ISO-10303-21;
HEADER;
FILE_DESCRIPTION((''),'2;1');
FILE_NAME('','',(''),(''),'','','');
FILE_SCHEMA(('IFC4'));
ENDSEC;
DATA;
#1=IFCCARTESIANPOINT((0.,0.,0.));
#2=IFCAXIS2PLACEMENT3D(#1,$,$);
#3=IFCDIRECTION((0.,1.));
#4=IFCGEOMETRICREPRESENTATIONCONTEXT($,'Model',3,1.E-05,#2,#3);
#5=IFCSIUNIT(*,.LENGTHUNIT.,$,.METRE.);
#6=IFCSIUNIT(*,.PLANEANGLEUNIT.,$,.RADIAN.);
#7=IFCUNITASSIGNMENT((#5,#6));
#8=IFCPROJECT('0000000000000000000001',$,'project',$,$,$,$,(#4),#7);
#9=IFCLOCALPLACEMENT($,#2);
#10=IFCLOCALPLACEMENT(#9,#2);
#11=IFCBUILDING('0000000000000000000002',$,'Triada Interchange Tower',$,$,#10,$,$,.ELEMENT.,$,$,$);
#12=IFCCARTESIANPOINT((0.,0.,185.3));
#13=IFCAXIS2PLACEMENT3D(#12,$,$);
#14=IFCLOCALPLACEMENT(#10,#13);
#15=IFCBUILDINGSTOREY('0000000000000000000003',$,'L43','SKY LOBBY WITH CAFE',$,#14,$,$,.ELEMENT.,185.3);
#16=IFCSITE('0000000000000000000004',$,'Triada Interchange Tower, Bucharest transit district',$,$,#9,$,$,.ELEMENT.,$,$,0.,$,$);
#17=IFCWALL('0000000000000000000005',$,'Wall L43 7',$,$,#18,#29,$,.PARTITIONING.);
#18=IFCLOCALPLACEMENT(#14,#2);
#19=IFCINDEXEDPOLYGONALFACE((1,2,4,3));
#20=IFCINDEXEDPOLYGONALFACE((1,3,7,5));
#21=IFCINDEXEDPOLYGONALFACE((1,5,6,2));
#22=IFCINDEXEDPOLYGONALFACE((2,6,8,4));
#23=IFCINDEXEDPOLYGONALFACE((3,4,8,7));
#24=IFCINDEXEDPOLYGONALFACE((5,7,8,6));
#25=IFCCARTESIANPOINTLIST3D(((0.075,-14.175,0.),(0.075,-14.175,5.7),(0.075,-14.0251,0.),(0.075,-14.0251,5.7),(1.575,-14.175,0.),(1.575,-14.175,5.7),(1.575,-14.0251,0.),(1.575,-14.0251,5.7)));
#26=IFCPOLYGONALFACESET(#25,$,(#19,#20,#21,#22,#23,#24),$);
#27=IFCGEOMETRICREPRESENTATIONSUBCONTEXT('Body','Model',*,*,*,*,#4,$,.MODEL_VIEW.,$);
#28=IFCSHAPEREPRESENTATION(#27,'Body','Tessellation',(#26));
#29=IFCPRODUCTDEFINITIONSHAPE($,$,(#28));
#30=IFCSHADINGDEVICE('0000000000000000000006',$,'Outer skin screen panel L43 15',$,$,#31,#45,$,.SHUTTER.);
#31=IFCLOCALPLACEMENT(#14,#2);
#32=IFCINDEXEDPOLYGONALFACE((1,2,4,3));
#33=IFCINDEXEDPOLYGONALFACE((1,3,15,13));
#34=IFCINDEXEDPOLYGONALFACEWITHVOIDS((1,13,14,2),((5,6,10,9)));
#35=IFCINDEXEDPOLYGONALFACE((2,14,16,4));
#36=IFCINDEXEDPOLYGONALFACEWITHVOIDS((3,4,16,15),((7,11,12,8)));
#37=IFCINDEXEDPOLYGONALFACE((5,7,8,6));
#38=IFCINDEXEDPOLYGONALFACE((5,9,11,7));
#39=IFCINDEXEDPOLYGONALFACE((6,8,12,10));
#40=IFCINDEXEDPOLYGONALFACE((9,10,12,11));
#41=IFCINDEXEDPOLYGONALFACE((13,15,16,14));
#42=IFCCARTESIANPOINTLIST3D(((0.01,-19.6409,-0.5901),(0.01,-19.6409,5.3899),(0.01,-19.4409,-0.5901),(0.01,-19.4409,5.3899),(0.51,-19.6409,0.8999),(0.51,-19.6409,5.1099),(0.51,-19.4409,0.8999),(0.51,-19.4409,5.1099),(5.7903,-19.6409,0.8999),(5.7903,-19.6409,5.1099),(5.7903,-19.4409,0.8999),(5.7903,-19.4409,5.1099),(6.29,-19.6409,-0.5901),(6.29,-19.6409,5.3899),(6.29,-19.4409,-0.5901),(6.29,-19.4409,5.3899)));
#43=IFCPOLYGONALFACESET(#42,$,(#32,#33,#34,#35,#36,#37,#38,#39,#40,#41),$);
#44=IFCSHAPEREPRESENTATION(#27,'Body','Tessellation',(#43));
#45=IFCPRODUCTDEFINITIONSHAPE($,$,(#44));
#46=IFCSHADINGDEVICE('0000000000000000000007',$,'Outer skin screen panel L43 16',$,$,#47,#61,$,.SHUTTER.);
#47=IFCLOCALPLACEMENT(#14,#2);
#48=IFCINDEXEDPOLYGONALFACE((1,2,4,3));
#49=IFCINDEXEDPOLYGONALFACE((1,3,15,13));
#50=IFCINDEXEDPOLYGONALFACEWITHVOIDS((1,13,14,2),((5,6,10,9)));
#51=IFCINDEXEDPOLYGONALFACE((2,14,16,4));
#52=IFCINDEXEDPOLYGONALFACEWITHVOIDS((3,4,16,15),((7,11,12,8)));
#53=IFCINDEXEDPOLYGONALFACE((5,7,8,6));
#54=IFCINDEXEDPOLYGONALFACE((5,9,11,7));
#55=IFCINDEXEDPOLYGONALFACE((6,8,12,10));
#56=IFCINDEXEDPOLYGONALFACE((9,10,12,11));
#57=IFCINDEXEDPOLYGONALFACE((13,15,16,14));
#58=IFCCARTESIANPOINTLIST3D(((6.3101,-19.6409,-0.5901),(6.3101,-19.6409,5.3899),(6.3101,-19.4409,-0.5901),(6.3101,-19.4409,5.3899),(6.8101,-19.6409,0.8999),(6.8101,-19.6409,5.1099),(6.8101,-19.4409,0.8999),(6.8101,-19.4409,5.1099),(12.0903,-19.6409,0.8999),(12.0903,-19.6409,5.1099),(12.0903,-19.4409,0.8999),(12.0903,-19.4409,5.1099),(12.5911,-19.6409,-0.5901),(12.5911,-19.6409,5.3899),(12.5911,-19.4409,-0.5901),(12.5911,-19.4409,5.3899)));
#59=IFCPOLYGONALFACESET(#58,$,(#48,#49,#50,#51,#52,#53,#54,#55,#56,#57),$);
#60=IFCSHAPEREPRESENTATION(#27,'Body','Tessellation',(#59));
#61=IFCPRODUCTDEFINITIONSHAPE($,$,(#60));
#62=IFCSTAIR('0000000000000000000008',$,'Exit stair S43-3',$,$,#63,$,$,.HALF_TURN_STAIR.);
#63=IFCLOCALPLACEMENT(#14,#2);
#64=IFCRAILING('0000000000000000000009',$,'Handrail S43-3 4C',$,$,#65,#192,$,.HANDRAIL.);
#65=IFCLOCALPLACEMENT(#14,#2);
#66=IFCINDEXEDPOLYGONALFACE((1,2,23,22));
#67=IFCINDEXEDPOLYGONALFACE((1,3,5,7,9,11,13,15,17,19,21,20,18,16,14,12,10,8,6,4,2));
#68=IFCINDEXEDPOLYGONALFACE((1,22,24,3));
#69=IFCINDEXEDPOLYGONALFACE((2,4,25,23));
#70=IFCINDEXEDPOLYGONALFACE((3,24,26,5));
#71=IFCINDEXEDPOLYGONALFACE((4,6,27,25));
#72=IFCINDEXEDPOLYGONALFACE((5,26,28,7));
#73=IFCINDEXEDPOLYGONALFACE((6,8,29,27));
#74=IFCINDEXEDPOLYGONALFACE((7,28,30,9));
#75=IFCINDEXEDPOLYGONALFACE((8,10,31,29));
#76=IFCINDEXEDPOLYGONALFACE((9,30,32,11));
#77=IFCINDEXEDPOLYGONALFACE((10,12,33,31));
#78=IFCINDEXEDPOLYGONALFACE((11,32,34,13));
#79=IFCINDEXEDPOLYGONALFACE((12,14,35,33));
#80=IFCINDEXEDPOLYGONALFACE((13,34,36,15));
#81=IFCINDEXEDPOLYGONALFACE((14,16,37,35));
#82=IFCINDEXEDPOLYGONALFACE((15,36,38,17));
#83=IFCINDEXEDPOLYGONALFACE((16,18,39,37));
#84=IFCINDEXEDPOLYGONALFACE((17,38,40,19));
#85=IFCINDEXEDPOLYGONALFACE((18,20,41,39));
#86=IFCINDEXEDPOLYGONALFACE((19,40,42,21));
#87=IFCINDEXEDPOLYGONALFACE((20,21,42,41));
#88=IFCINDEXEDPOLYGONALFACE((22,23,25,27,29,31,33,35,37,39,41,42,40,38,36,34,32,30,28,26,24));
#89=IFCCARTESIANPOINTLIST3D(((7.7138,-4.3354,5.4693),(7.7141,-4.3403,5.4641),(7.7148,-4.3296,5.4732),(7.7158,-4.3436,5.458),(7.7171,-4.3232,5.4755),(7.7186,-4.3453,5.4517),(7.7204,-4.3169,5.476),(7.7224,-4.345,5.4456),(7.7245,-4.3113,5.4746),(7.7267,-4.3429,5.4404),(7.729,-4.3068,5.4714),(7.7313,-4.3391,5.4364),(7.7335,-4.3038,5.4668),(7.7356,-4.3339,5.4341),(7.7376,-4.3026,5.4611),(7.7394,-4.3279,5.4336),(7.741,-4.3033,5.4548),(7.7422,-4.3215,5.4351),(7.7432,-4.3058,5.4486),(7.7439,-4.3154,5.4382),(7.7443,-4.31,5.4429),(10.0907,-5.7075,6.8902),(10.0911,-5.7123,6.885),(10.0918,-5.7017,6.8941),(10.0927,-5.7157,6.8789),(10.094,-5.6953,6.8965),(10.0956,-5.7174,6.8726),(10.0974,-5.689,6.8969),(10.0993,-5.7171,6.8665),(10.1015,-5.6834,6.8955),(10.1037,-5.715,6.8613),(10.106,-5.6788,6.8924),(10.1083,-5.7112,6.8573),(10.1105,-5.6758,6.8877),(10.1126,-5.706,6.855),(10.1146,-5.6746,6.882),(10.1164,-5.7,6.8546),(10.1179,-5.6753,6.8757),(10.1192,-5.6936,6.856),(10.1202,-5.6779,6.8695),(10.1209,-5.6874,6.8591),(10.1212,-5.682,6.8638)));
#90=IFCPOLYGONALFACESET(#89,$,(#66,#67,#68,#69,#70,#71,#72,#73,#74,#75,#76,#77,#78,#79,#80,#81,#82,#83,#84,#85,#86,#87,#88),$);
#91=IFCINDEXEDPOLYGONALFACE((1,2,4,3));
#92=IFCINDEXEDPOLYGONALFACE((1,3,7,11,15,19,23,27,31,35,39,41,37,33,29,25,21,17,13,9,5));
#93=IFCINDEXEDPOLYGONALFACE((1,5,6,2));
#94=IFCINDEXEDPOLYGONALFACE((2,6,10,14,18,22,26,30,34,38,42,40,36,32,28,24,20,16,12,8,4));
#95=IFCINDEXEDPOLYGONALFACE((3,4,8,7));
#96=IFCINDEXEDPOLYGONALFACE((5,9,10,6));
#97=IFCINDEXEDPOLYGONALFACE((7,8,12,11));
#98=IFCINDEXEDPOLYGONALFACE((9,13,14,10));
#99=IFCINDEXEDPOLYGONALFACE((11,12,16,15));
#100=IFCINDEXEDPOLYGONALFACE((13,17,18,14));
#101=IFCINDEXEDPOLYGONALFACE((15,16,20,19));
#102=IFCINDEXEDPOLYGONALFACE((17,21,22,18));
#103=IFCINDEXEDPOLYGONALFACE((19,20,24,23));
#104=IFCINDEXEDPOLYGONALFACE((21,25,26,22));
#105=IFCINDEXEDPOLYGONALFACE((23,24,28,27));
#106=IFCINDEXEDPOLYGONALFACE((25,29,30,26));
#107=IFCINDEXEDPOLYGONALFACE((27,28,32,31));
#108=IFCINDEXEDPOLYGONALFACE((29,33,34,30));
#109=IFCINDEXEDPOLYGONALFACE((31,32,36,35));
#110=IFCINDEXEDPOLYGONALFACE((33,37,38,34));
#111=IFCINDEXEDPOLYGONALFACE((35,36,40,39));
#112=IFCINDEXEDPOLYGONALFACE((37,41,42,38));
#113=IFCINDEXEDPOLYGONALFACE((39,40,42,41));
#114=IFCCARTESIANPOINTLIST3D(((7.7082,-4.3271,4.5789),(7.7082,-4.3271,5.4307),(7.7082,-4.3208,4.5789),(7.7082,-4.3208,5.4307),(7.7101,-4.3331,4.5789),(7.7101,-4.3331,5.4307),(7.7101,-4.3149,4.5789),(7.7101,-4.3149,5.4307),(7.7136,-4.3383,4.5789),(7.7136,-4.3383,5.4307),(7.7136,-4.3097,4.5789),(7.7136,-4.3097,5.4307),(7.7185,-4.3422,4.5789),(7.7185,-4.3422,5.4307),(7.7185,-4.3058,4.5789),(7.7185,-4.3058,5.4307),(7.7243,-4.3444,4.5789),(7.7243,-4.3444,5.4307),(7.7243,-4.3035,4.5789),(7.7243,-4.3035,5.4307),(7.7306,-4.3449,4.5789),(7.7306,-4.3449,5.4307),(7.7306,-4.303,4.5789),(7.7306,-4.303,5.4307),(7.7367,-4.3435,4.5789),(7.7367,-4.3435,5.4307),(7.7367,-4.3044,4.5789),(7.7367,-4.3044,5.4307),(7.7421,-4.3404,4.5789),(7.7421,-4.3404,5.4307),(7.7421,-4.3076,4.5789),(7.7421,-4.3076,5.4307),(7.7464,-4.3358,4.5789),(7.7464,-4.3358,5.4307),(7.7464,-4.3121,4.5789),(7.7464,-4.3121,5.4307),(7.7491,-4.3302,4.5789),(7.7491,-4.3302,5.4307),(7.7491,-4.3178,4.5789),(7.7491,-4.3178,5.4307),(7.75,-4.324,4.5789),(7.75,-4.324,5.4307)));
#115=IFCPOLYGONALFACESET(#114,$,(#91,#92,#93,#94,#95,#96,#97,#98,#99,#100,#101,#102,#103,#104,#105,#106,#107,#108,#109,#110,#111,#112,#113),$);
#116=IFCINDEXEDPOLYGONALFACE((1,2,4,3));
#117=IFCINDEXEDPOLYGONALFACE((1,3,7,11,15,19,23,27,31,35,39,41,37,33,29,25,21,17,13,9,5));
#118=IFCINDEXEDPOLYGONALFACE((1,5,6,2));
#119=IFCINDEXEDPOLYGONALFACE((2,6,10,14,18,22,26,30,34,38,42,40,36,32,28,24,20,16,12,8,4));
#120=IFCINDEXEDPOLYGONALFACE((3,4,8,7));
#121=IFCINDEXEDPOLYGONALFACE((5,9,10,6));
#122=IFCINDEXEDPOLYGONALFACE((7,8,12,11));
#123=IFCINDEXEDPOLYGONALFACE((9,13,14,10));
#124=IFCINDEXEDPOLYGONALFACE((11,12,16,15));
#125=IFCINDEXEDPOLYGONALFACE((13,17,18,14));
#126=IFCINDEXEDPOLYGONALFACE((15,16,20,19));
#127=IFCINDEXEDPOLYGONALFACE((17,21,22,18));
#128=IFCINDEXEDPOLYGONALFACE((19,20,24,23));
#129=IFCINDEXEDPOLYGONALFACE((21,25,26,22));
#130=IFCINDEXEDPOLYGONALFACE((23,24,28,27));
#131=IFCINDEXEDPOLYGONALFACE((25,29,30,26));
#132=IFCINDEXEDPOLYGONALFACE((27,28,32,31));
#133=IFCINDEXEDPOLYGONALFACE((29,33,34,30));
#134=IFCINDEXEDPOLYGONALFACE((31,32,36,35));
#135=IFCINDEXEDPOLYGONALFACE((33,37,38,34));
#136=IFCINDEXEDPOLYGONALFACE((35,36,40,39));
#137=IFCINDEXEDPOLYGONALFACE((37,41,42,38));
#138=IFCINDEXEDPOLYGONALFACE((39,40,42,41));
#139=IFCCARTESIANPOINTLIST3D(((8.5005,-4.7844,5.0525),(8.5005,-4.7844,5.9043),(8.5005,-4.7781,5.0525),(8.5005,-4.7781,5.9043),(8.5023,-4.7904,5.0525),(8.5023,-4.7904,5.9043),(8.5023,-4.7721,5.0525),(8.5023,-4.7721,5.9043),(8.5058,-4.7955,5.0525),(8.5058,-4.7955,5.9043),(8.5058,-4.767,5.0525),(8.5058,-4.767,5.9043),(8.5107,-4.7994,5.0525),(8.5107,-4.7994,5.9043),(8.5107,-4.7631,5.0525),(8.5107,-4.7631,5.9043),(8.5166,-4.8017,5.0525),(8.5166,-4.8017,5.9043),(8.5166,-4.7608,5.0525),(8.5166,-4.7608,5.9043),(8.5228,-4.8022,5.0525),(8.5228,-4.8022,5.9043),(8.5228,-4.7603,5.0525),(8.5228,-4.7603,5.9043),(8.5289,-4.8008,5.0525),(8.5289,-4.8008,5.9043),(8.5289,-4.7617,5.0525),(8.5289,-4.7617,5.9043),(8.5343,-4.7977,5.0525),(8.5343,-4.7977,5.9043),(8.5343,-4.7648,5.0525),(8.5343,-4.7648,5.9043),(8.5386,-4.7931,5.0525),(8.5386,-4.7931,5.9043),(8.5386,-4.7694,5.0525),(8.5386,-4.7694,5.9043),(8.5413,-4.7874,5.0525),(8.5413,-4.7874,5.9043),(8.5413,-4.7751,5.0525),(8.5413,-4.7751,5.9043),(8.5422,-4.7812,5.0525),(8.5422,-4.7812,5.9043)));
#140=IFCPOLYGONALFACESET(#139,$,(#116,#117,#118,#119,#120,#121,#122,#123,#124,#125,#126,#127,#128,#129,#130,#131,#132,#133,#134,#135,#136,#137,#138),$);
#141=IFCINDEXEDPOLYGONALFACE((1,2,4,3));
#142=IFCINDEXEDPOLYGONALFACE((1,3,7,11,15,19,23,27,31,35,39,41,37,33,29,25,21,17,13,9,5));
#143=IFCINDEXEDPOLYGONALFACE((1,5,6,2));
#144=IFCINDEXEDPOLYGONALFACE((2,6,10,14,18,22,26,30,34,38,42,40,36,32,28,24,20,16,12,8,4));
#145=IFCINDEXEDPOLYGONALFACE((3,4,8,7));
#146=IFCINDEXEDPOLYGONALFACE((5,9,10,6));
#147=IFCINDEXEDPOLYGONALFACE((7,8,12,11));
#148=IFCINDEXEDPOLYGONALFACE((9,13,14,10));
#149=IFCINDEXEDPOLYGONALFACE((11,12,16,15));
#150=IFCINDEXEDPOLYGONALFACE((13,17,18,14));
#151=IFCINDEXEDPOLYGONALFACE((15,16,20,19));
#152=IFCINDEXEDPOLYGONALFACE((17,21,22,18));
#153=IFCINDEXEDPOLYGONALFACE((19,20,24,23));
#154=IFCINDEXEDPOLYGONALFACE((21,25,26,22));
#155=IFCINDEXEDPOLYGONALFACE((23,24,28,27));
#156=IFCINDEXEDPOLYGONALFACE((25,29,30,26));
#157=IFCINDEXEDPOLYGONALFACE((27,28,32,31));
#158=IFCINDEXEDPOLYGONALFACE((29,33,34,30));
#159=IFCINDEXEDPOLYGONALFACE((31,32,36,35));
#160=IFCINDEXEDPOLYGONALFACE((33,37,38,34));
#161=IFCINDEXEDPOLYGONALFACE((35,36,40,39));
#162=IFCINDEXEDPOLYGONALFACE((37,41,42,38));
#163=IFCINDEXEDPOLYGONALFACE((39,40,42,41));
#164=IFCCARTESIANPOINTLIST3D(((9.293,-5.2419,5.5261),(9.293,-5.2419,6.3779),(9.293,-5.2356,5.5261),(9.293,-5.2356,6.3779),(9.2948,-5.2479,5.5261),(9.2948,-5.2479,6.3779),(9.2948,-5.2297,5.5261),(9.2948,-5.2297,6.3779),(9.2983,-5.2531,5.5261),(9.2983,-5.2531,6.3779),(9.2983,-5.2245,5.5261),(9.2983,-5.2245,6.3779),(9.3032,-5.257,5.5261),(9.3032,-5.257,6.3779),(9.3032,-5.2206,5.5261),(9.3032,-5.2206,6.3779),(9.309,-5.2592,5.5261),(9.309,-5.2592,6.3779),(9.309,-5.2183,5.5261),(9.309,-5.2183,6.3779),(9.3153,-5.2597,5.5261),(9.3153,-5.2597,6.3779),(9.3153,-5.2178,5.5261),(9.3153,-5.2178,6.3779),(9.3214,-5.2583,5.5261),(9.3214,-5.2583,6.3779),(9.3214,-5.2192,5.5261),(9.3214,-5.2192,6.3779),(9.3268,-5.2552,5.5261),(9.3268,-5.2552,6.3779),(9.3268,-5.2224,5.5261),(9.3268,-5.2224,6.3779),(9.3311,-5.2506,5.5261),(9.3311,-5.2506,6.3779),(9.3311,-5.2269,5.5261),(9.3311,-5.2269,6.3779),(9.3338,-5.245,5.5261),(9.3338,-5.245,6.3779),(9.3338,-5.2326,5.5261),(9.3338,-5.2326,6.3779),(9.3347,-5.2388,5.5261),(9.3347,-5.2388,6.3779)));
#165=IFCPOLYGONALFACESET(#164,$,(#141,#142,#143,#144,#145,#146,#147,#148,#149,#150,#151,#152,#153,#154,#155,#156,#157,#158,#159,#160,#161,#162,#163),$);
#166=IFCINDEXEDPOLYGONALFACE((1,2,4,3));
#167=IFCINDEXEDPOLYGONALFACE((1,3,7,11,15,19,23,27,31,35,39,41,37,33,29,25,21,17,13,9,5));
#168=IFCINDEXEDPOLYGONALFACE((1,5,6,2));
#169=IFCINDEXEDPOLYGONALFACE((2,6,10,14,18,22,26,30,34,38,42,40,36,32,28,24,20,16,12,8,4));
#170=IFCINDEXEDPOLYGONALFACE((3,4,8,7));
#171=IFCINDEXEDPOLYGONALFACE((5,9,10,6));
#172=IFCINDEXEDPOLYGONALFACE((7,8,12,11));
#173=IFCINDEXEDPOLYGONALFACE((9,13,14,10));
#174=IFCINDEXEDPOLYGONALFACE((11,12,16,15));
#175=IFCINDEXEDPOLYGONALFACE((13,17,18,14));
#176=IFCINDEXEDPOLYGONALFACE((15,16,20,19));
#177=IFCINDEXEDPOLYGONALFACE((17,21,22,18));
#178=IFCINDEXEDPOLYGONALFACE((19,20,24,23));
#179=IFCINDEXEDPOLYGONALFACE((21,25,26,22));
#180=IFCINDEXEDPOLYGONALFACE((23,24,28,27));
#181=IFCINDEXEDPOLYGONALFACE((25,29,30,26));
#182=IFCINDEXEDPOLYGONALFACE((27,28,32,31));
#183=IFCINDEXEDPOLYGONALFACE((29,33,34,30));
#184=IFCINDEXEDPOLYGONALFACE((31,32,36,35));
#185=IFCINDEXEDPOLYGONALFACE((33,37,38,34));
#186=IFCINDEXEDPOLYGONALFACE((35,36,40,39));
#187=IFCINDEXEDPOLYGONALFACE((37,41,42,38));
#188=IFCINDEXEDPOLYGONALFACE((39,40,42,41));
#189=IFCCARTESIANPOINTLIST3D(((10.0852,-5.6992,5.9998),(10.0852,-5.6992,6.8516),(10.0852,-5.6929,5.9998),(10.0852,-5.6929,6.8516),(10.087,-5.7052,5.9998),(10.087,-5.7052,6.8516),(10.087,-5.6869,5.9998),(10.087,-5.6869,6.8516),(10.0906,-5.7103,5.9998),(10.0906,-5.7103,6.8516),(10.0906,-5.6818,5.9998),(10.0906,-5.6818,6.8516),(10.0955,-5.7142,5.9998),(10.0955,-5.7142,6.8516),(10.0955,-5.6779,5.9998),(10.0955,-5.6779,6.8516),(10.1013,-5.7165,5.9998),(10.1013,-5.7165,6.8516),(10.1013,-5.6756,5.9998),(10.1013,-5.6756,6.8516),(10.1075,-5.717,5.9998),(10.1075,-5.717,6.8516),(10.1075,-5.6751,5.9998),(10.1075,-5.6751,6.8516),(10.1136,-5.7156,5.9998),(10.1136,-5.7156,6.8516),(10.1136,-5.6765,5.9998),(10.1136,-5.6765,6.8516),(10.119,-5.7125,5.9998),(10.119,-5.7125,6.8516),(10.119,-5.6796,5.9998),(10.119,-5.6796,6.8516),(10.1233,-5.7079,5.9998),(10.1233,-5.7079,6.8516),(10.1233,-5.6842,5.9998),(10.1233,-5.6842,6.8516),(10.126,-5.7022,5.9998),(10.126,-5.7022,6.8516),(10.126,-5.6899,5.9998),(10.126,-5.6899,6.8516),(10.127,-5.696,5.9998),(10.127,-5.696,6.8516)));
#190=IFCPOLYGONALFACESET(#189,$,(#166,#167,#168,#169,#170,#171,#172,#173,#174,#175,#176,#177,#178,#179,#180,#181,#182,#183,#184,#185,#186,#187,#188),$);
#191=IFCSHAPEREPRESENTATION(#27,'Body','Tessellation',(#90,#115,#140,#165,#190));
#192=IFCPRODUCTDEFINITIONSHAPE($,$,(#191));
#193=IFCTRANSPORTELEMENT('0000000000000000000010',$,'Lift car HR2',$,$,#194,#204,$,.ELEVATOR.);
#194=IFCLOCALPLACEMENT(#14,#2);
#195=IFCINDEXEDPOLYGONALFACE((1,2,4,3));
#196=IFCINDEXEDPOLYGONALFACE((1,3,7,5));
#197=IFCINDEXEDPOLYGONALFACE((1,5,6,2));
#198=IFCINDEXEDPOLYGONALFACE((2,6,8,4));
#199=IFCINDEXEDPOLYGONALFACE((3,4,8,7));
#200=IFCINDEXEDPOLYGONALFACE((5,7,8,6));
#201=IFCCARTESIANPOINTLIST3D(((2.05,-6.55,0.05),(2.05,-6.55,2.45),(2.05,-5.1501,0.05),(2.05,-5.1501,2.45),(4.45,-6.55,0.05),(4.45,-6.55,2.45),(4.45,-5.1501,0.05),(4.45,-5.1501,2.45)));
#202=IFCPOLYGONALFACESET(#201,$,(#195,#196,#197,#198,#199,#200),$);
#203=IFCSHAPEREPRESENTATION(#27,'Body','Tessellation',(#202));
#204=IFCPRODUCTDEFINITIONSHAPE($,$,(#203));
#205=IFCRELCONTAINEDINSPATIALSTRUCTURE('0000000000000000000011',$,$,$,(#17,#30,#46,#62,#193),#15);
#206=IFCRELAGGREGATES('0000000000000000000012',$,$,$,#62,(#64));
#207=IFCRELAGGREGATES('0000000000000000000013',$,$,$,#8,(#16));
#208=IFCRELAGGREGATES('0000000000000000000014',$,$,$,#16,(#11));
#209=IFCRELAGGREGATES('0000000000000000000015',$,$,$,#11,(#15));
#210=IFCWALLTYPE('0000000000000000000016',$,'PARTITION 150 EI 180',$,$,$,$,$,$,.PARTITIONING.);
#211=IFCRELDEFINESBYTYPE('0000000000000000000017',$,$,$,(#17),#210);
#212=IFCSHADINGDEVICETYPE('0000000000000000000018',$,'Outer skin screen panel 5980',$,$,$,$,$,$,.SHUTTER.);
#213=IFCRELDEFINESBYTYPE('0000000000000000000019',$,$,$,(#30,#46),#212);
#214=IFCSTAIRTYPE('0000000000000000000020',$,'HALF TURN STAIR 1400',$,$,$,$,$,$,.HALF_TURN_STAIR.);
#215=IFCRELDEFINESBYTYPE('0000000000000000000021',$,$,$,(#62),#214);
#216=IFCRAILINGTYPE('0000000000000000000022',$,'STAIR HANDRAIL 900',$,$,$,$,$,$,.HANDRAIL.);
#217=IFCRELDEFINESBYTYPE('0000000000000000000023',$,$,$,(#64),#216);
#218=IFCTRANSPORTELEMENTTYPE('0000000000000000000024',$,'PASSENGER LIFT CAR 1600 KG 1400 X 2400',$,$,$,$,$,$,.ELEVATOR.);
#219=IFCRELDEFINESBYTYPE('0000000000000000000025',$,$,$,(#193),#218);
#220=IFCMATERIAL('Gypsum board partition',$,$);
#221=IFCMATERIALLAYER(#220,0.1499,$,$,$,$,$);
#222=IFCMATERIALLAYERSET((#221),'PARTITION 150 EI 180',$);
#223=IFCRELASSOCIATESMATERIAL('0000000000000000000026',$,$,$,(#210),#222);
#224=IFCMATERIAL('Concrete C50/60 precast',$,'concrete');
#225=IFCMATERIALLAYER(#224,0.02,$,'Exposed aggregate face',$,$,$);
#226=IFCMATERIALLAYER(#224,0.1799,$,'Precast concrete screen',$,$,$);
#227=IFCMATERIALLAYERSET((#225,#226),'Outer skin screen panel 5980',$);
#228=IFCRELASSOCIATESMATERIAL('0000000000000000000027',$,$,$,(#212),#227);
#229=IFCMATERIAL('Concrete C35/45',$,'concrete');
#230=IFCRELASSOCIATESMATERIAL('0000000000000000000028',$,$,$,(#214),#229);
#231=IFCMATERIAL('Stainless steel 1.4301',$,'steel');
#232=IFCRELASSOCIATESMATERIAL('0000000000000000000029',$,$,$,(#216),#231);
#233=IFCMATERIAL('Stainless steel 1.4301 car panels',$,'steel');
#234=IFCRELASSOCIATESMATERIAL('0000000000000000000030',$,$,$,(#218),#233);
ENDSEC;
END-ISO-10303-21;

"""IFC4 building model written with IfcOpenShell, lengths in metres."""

from ifc_helpers import new_model, si_unit, direction, frame, frame_2d, origin, origin_2d, place, context, subcontext, project, spatial, polyline, rectangle, circle, outline, extrude, material, layer, layer_set, type_object, element, aggregate, save


model = new_model("IFC4")

# Units and contexts
model_context = context("Model", 3, precision=1e-05, world=origin(), true_north=direction((0.0, 1.0)))
body_context = subcontext(model_context, "Body", "Model", "MODEL_VIEW")
ifc_project = project(units=[si_unit("LENGTHUNIT", "METRE"), si_unit("PLANEANGLEUNIT", "RADIAN")], contexts=[model_context])

# Site, building, storey
site_placement = place(None, origin())
site = spatial("IfcSite", under=ifc_project, at=site_placement, Name="Triada Interchange Tower, Bucharest transit district", CompositionType="ELEMENT", RefElevation=0.0)
building_placement = place(site_placement, origin())
building = spatial("IfcBuilding", under=site, at=building_placement, Name="Triada Interchange Tower", CompositionType="ELEMENT")
storey_placement = place(building_placement, frame((0.0, 0.0, 185.3)))
storey = spatial("IfcBuildingStorey", under=building, at=storey_placement, Name="L43", Description="SKY LOBBY WITH CAFE", CompositionType="ELEMENT", Elevation=185.3)

# Shared definitions
ifc_material_1 = material(Name="Gypsum board partition")
ifc_layer_1 = layer(ifc_material_1, 0.1499)
ifc_layer_set_1 = layer_set([ifc_layer_1], Name="PARTITION 150 EI 180")
wall_type_1 = type_object("IfcWallType", Name="PARTITION 150 EI 180", PredefinedType="PARTITIONING", material=ifc_layer_set_1)

# Wall
wall_1_placement = place(storey_placement, frame((0.075, -14.1001, 0.0), z_axis=(0.0, 0.0, 1.0), x_axis=(1.0, 0.0, 0.0)))
element("IfcWall", 1, at=wall_1_placement, inside=storey, type_object=wall_type_1, Name="Wall L43 7", PredefinedType="PARTITIONING", context=body_context, shape_type="SweptSolid", body=[
    extrude(rectangle(XDim=1.5, YDim=0.1499, at=frame_2d((0.75, 0.0))), origin(), (0.0, 0.0, 1.0), 5.7),
])

# Shading devices
ifc_material_2 = material(Name="Concrete C50/60 precast", Category="concrete")
ifc_layer_2 = layer(ifc_material_2, 0.02, Name="Exposed aggregate face")
ifc_layer_3 = layer(ifc_material_2, 0.1799, Name="Precast concrete screen")
ifc_layer_set_2 = layer_set([ifc_layer_2, ifc_layer_3], Name="Outer skin screen panel 5980")
shading_device_type = type_object("IfcShadingDeviceType", Name="Outer skin screen panel 5980", PredefinedType="SHUTTER", material=ifc_layer_set_2)
shading_device_1_placement = place(storey_placement, frame((0.01, -19.4409, -0.5901), z_axis=(0.0, 0.0, 1.0), x_axis=(1.0, 0.0, 0.0)))
element("IfcShadingDevice", 2, at=shading_device_1_placement, inside=storey, type_object=shading_device_type, Name="Outer skin screen panel L43 15", PredefinedType="SHUTTER", context=body_context, shape_type="SweptSolid", body=[
    extrude(outline(polyline([(0.0, 0.0), (6.28, 0.0), (6.28, 5.98), (0.0, 5.98), (0.0, 0.0)]), holes=[polyline([(0.5, 1.49), (0.5, 5.7), (5.7803, 5.7), (5.7803, 1.49), (0.5, 1.49)])]), frame((0.0, 0.0, 0.0), z_axis=(0.0, -1.0, 0.0), x_axis=(1.0, 0.0, 0.0)), (0.0, 0.0, 1.0), 0.2),
])
shading_device_2_placement = place(storey_placement, frame((6.3101, -19.4409, -0.5901), z_axis=(0.0, 0.0, 1.0), x_axis=(1.0, 0.0, 0.0)))
element("IfcShadingDevice", 3, at=shading_device_2_placement, inside=storey, type_object=shading_device_type, Name="Outer skin screen panel L43 16", PredefinedType="SHUTTER", context=body_context, shape_type="SweptSolid", body=[
    extrude(outline(polyline([(0.0, 0.0), (6.281, 0.0), (6.281, 5.98), (0.0, 5.98), (0.0, 0.0)]), holes=[polyline([(0.5, 1.49), (0.5, 5.7), (5.7803, 5.7), (5.7803, 1.49), (0.5, 1.49)])]), frame((0.0, 0.0, 0.0), z_axis=(0.0, -1.0, 0.0), x_axis=(1.0, 0.0, 0.0)), (0.0, 0.0, 1.0), 0.2),
])

# Stair, railing
ifc_material_3 = material(Name="Concrete C35/45", Category="concrete")
stair_type = type_object("IfcStairType", Name="HALF TURN STAIR 1400", PredefinedType="HALF_TURN_STAIR", material=ifc_material_3)
stair_placement = place(storey_placement, origin())
stair = element("IfcStair", 4, at=stair_placement, inside=storey, type_object=stair_type, Name="Exit stair S43-3", PredefinedType="HALF_TURN_STAIR")
ifc_material_4 = material(Name="Stainless steel 1.4301", Category="steel")
railing_type = type_object("IfcRailingType", Name="STAIR HANDRAIL 900", PredefinedType="HANDRAIL", material=ifc_material_4)
railing_placement = place(storey_placement, frame((7.729, -4.324, 4.5789)))
railing = element("IfcRailing", 5, at=railing_placement, type_object=railing_type, Name="Handrail S43-3 4C", PredefinedType="HANDRAIL", context=body_context, shape_type="SweptSolid", body=[
    extrude(circle(Radius=0.0239, at=origin_2d()), frame((0.0, 0.0, 0.876), z_axis=(0.769106, -0.443958, 0.459757), x_axis=(0.499928, 0.866067, 0.0)), (0.0, 0.0, 1.0), 3.0906),
    extrude(circle(Radius=0.021, at=origin_2d()), origin(), (0.0, 0.0, 1.0), 0.8518),
    extrude(circle(Radius=0.021, at=origin_2d()), frame((0.7922, -0.4573, 0.4736)), (0.0, 0.0, 1.0), 0.8518),
    extrude(circle(Radius=0.021, at=origin_2d()), frame((1.5847, -0.9148, 0.9473)), (0.0, 0.0, 1.0), 0.8518),
    extrude(circle(Radius=0.021, at=origin_2d()), frame((2.377, -1.3721, 1.4209)), (0.0, 0.0, 1.0), 0.8518),
])
aggregate(stair, [railing])

# Transport element
ifc_material_5 = material(Name="Stainless steel 1.4301 car panels", Category="steel")
transport_element_type = type_object("IfcTransportElementType", Name="PASSENGER LIFT CAR 1600 KG 1400 X 2400", PredefinedType="ELEVATOR", material=ifc_material_5)
transport_element_placement = place(storey_placement, frame((3.25, -5.8501, 0.05), z_axis=(0.0, 0.0, 1.0), x_axis=(0.0, -1.0, 0.0)))
element("IfcTransportElement", 6, at=transport_element_placement, inside=storey, type_object=transport_element_type, Name="Lift car HR2", PredefinedType="ELEVATOR", context=body_context, shape_type="SweptSolid", body=[
    extrude(rectangle(XDim=1.3999, YDim=2.3999, at=origin_2d()), origin(), (0.0, 0.0, 1.0), 2.3999),
])

save(model, "model.ifc")
